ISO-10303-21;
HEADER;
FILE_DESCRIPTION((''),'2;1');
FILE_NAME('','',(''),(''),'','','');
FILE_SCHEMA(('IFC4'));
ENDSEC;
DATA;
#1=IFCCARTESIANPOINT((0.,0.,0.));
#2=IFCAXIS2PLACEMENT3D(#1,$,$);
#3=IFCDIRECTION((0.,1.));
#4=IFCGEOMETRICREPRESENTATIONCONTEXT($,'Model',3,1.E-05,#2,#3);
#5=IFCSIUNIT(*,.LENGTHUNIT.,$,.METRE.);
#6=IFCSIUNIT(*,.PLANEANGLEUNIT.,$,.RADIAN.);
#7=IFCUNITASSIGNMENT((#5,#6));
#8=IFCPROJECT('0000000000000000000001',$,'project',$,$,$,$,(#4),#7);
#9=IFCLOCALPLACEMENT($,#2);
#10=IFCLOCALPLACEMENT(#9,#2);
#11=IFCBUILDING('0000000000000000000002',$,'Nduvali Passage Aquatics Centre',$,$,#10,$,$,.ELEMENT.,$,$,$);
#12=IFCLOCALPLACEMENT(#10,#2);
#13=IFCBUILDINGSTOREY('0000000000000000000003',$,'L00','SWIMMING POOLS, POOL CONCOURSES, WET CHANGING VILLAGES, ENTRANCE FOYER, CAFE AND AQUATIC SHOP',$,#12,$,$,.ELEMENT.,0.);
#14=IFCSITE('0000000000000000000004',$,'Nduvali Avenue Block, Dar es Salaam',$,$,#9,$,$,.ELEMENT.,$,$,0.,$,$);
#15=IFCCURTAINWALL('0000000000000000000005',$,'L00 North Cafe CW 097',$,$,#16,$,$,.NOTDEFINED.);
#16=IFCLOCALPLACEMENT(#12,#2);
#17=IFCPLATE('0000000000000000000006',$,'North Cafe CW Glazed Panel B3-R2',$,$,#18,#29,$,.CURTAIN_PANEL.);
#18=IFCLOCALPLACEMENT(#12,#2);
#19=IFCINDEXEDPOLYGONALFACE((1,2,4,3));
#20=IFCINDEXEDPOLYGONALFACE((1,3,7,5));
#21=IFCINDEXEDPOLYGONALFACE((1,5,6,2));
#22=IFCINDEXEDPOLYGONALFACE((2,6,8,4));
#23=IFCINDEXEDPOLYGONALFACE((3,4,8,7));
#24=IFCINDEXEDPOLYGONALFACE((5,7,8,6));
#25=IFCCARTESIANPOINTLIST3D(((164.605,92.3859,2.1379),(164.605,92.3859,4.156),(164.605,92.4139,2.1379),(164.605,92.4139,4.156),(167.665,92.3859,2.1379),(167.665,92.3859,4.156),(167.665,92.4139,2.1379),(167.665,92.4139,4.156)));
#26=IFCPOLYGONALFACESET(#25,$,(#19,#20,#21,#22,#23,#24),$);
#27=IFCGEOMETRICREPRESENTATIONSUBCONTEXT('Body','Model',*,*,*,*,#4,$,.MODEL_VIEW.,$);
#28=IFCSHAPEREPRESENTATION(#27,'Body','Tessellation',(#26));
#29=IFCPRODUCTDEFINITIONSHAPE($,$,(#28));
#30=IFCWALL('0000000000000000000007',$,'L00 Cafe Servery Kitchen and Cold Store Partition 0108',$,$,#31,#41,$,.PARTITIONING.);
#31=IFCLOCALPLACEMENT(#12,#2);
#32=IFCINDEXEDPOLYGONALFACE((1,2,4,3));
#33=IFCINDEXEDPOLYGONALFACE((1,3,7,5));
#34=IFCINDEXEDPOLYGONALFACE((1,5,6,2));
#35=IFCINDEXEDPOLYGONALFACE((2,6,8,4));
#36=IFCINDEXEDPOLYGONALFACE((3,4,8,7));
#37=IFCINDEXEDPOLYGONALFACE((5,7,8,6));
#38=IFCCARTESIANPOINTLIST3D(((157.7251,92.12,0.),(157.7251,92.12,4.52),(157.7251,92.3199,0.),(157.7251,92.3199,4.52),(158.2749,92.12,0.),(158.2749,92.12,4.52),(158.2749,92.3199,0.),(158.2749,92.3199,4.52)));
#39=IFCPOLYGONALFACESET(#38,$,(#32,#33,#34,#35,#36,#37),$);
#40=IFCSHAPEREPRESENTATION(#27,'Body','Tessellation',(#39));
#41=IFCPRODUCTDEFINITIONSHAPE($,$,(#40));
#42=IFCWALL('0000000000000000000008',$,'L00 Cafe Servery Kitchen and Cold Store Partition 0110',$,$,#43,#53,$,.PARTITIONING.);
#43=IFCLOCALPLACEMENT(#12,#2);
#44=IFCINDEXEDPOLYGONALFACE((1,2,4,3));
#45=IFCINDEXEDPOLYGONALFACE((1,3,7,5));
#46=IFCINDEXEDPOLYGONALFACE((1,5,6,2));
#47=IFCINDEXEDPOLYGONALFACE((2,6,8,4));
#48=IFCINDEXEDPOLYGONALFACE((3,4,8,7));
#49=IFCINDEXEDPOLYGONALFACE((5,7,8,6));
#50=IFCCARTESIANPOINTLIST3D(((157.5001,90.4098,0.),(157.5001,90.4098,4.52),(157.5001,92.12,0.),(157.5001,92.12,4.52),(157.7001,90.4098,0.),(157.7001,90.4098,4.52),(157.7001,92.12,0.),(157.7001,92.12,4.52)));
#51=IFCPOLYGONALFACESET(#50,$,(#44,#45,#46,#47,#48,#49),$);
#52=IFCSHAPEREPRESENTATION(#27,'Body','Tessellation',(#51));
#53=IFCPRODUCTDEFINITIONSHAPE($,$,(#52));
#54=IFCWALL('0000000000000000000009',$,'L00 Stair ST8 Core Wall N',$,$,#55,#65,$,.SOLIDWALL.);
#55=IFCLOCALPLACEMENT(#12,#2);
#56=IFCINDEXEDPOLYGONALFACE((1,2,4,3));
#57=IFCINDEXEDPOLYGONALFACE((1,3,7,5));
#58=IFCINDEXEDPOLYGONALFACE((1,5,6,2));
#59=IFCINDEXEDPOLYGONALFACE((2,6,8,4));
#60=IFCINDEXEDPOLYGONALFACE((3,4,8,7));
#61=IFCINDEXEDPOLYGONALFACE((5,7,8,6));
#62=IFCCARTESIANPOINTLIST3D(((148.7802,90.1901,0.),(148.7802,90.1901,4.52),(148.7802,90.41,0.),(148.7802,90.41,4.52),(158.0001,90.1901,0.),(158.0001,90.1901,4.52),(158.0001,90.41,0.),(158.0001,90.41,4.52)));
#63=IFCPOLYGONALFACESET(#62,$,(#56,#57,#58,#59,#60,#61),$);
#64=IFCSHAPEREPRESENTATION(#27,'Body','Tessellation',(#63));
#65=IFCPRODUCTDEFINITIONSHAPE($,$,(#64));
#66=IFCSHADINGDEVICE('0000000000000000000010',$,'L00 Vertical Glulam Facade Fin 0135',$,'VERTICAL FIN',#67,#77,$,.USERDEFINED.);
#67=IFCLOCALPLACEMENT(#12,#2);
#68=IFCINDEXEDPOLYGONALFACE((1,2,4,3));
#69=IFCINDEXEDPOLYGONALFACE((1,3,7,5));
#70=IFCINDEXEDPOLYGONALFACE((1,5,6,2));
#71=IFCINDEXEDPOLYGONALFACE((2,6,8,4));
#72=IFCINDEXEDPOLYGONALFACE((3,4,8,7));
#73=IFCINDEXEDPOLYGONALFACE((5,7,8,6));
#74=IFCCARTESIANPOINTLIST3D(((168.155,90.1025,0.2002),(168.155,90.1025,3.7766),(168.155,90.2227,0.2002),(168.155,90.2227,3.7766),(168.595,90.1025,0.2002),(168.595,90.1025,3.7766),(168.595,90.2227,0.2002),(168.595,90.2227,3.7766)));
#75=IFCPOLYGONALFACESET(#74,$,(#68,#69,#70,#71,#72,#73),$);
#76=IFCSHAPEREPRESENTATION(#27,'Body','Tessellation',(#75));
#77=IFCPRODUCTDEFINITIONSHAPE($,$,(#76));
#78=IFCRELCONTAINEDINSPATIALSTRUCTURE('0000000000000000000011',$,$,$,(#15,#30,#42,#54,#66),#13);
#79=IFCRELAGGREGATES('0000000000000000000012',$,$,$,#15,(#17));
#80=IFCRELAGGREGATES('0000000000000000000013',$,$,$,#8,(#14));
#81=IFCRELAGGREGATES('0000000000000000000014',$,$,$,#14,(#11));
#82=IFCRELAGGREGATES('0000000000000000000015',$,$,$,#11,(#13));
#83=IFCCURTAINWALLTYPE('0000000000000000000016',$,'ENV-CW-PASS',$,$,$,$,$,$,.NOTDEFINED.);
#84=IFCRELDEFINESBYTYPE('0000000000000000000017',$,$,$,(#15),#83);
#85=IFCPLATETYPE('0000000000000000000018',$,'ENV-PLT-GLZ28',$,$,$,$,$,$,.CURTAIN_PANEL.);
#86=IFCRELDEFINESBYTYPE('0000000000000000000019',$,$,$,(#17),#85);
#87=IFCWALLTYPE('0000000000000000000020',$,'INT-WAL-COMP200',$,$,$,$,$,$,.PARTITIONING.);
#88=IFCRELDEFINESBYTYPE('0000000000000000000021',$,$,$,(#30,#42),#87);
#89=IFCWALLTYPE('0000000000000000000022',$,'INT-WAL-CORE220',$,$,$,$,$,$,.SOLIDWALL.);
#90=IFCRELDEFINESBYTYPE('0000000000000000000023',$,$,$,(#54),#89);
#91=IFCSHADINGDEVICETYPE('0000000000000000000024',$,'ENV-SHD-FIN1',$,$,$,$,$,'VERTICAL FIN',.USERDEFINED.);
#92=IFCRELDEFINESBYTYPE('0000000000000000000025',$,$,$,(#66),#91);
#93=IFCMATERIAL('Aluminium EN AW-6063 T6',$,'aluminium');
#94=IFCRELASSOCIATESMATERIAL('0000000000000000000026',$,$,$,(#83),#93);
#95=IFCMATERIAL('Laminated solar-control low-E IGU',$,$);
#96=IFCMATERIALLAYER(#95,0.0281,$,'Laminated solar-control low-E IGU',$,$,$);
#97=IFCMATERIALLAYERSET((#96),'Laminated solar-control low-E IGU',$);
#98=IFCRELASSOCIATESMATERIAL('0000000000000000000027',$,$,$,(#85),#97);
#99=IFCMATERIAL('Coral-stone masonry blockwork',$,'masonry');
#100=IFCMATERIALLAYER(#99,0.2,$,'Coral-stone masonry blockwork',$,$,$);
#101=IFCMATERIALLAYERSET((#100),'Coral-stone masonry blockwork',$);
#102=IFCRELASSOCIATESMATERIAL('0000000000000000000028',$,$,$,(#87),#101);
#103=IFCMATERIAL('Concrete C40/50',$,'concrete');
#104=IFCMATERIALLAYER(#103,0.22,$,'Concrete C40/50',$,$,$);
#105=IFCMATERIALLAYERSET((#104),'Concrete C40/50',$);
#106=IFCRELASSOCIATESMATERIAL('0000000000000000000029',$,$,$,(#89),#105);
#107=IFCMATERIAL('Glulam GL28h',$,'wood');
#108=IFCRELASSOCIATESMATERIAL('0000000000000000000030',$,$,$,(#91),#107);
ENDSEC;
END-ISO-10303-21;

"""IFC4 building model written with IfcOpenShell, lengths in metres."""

from ifc_helpers import new_model, si_unit, direction, frame, frame_2d, origin, origin_2d, place, context, subcontext, project, spatial, rectangle, extrude, material, layer, layer_set, type_object, element, aggregate, save


model = new_model("IFC4")

# Units and contexts
model_context = context("Model", 3, precision=1e-05, world=origin(), true_north=direction((0.0, 1.0)))
body_context = subcontext(model_context, "Body", "Model", "MODEL_VIEW")
ifc_project = project(units=[si_unit("LENGTHUNIT", "METRE"), si_unit("PLANEANGLEUNIT", "RADIAN")], contexts=[model_context])

# Site, building, storey
site_placement = place(None, origin())
site = spatial("IfcSite", under=ifc_project, at=site_placement, Name="Nduvali Avenue Block, Dar es Salaam", CompositionType="ELEMENT", RefElevation=0.0)
building_placement = place(site_placement, origin())
building = spatial("IfcBuilding", under=site, at=building_placement, Name="Nduvali Passage Aquatics Centre", CompositionType="ELEMENT")
storey_placement = place(building_placement, origin())
storey = spatial("IfcBuildingStorey", under=building, at=storey_placement, Name="L00", Description="SWIMMING POOLS, POOL CONCOURSES, WET CHANGING VILLAGES, ENTRANCE FOYER, CAFE AND AQUATIC SHOP", CompositionType="ELEMENT", Elevation=0.0)

# Shared definitions
ifc_material_1 = material(Name="Concrete C40/50", Category="concrete")

# Shared definitions
ifc_material_2 = material(Name="Aluminium EN AW-6063 T6", Category="aluminium")
curtain_wall_type = type_object("IfcCurtainWallType", Name="ENV-CW-PASS", PredefinedType="NOTDEFINED", material=ifc_material_2)

# Curtain wall
curtain_wall_1_placement = place(storey_placement, origin())
curtain_wall_1 = element("IfcCurtainWall", 1, at=curtain_wall_1_placement, inside=storey, type_object=curtain_wall_type, Name="L00 North Cafe CW 097", PredefinedType="NOTDEFINED")

# Plate
ifc_material_3 = material(Name="Laminated solar-control low-E IGU")
ifc_layer_1 = layer(ifc_material_3, 0.0281, Name="Laminated solar-control low-E IGU")
ifc_layer_set_1 = layer_set([ifc_layer_1], Name="Laminated solar-control low-E IGU")
plate_type = type_object("IfcPlateType", Name="ENV-PLT-GLZ28", PredefinedType="CURTAIN_PANEL", material=ifc_layer_set_1)
plate_1_placement = place(storey_placement, frame((166.135, 92.3999, 2.1379), z_axis=(0.0, 0.0, 1.0), x_axis=(1.0, 0.0, 0.0)))
plate_1 = element("IfcPlate", 2, at=plate_1_placement, type_object=plate_type, Name="North Cafe CW Glazed Panel B3-R2", PredefinedType="CURTAIN_PANEL", context=body_context, shape_type="SweptSolid", body=[
    extrude(rectangle(XDim=3.0601, YDim=0.0281, at=origin_2d()), origin(), (0.0, 0.0, 1.0), 2.0181),
])
aggregate(curtain_wall_1, [plate_1])

# Walls
ifc_material_4 = material(Name="Coral-stone masonry blockwork", Category="masonry")
ifc_layer_2 = layer(ifc_material_4, 0.2, Name="Coral-stone masonry blockwork")
ifc_layer_set_2 = layer_set([ifc_layer_2], Name="Coral-stone masonry blockwork")
wall_type_1 = type_object("IfcWallType", Name="INT-WAL-COMP200", PredefinedType="PARTITIONING", material=ifc_layer_set_2)
wall_1_placement = place(storey_placement, frame((157.7251, 92.22, 0.0), z_axis=(0.0, 0.0, 1.0), x_axis=(1.0, 0.0, 0.0)))
element("IfcWall", 3, at=wall_1_placement, inside=storey, type_object=wall_type_1, Name="L00 Cafe Servery Kitchen and Cold Store Partition 0108", PredefinedType="PARTITIONING", context=body_context, shape_type="SweptSolid", body=[
    extrude(rectangle(XDim=0.5498, YDim=0.2, at=frame_2d((0.2749, 0.0))), origin(), (0.0, 0.0, 1.0), 4.52),
])
wall_2_placement = place(storey_placement, frame((157.6001, 90.4099, 0.0), z_axis=(0.0, 0.0, 1.0), x_axis=(0.0, 1.0, 0.0)))
element("IfcWall", 4, at=wall_2_placement, inside=storey, type_object=wall_type_1, Name="L00 Cafe Servery Kitchen and Cold Store Partition 0110", PredefinedType="PARTITIONING", context=body_context, shape_type="SweptSolid", body=[
    extrude(rectangle(XDim=1.7102, YDim=0.2, at=frame_2d((0.855, 0.0))), origin(), (0.0, 0.0, 1.0), 4.52),
])
ifc_layer_3 = layer(ifc_material_1, 0.22, Name="Concrete C40/50")
ifc_layer_set_3 = layer_set([ifc_layer_3], Name="Concrete C40/50")
wall_type_2 = type_object("IfcWallType", Name="INT-WAL-CORE220", PredefinedType="SOLIDWALL", material=ifc_layer_set_3)
wall_3_placement = place(storey_placement, frame((158.0, 90.3, 0.0), z_axis=(0.0, 0.0, 1.0), x_axis=(-1.0, 0.0, 0.0)))
element("IfcWall", 5, at=wall_3_placement, inside=storey, type_object=wall_type_2, Name="L00 Stair ST8 Core Wall N", PredefinedType="SOLIDWALL", context=body_context, shape_type="SweptSolid", body=[
    extrude(rectangle(XDim=9.22, YDim=0.22, at=frame_2d((4.6099, 0.0))), origin(), (0.0, 0.0, 1.0), 4.52),
])

# Shading device
ifc_material_5 = material(Name="Glulam GL28h", Category="wood")
shading_device_type = type_object("IfcShadingDeviceType", Name="ENV-SHD-FIN1", ElementType="VERTICAL FIN", PredefinedType="USERDEFINED", material=ifc_material_5)
shading_device_placement = place(storey_placement, frame((168.375, 90.1626, 0.2002), z_axis=(0.0, 0.0, 1.0), x_axis=(0.0, 1.0, 0.0)))
element("IfcShadingDevice", 6, at=shading_device_placement, inside=storey, type_object=shading_device_type, Name="L00 Vertical Glulam Facade Fin 0135", ObjectType="VERTICAL FIN", PredefinedType="USERDEFINED", context=body_context, shape_type="SweptSolid", body=[
    extrude(rectangle(XDim=0.1201, YDim=0.4399, at=origin_2d()), origin(), (0.0, 0.0, 1.0), 3.5764),
])

save(model, "model.ifc")
